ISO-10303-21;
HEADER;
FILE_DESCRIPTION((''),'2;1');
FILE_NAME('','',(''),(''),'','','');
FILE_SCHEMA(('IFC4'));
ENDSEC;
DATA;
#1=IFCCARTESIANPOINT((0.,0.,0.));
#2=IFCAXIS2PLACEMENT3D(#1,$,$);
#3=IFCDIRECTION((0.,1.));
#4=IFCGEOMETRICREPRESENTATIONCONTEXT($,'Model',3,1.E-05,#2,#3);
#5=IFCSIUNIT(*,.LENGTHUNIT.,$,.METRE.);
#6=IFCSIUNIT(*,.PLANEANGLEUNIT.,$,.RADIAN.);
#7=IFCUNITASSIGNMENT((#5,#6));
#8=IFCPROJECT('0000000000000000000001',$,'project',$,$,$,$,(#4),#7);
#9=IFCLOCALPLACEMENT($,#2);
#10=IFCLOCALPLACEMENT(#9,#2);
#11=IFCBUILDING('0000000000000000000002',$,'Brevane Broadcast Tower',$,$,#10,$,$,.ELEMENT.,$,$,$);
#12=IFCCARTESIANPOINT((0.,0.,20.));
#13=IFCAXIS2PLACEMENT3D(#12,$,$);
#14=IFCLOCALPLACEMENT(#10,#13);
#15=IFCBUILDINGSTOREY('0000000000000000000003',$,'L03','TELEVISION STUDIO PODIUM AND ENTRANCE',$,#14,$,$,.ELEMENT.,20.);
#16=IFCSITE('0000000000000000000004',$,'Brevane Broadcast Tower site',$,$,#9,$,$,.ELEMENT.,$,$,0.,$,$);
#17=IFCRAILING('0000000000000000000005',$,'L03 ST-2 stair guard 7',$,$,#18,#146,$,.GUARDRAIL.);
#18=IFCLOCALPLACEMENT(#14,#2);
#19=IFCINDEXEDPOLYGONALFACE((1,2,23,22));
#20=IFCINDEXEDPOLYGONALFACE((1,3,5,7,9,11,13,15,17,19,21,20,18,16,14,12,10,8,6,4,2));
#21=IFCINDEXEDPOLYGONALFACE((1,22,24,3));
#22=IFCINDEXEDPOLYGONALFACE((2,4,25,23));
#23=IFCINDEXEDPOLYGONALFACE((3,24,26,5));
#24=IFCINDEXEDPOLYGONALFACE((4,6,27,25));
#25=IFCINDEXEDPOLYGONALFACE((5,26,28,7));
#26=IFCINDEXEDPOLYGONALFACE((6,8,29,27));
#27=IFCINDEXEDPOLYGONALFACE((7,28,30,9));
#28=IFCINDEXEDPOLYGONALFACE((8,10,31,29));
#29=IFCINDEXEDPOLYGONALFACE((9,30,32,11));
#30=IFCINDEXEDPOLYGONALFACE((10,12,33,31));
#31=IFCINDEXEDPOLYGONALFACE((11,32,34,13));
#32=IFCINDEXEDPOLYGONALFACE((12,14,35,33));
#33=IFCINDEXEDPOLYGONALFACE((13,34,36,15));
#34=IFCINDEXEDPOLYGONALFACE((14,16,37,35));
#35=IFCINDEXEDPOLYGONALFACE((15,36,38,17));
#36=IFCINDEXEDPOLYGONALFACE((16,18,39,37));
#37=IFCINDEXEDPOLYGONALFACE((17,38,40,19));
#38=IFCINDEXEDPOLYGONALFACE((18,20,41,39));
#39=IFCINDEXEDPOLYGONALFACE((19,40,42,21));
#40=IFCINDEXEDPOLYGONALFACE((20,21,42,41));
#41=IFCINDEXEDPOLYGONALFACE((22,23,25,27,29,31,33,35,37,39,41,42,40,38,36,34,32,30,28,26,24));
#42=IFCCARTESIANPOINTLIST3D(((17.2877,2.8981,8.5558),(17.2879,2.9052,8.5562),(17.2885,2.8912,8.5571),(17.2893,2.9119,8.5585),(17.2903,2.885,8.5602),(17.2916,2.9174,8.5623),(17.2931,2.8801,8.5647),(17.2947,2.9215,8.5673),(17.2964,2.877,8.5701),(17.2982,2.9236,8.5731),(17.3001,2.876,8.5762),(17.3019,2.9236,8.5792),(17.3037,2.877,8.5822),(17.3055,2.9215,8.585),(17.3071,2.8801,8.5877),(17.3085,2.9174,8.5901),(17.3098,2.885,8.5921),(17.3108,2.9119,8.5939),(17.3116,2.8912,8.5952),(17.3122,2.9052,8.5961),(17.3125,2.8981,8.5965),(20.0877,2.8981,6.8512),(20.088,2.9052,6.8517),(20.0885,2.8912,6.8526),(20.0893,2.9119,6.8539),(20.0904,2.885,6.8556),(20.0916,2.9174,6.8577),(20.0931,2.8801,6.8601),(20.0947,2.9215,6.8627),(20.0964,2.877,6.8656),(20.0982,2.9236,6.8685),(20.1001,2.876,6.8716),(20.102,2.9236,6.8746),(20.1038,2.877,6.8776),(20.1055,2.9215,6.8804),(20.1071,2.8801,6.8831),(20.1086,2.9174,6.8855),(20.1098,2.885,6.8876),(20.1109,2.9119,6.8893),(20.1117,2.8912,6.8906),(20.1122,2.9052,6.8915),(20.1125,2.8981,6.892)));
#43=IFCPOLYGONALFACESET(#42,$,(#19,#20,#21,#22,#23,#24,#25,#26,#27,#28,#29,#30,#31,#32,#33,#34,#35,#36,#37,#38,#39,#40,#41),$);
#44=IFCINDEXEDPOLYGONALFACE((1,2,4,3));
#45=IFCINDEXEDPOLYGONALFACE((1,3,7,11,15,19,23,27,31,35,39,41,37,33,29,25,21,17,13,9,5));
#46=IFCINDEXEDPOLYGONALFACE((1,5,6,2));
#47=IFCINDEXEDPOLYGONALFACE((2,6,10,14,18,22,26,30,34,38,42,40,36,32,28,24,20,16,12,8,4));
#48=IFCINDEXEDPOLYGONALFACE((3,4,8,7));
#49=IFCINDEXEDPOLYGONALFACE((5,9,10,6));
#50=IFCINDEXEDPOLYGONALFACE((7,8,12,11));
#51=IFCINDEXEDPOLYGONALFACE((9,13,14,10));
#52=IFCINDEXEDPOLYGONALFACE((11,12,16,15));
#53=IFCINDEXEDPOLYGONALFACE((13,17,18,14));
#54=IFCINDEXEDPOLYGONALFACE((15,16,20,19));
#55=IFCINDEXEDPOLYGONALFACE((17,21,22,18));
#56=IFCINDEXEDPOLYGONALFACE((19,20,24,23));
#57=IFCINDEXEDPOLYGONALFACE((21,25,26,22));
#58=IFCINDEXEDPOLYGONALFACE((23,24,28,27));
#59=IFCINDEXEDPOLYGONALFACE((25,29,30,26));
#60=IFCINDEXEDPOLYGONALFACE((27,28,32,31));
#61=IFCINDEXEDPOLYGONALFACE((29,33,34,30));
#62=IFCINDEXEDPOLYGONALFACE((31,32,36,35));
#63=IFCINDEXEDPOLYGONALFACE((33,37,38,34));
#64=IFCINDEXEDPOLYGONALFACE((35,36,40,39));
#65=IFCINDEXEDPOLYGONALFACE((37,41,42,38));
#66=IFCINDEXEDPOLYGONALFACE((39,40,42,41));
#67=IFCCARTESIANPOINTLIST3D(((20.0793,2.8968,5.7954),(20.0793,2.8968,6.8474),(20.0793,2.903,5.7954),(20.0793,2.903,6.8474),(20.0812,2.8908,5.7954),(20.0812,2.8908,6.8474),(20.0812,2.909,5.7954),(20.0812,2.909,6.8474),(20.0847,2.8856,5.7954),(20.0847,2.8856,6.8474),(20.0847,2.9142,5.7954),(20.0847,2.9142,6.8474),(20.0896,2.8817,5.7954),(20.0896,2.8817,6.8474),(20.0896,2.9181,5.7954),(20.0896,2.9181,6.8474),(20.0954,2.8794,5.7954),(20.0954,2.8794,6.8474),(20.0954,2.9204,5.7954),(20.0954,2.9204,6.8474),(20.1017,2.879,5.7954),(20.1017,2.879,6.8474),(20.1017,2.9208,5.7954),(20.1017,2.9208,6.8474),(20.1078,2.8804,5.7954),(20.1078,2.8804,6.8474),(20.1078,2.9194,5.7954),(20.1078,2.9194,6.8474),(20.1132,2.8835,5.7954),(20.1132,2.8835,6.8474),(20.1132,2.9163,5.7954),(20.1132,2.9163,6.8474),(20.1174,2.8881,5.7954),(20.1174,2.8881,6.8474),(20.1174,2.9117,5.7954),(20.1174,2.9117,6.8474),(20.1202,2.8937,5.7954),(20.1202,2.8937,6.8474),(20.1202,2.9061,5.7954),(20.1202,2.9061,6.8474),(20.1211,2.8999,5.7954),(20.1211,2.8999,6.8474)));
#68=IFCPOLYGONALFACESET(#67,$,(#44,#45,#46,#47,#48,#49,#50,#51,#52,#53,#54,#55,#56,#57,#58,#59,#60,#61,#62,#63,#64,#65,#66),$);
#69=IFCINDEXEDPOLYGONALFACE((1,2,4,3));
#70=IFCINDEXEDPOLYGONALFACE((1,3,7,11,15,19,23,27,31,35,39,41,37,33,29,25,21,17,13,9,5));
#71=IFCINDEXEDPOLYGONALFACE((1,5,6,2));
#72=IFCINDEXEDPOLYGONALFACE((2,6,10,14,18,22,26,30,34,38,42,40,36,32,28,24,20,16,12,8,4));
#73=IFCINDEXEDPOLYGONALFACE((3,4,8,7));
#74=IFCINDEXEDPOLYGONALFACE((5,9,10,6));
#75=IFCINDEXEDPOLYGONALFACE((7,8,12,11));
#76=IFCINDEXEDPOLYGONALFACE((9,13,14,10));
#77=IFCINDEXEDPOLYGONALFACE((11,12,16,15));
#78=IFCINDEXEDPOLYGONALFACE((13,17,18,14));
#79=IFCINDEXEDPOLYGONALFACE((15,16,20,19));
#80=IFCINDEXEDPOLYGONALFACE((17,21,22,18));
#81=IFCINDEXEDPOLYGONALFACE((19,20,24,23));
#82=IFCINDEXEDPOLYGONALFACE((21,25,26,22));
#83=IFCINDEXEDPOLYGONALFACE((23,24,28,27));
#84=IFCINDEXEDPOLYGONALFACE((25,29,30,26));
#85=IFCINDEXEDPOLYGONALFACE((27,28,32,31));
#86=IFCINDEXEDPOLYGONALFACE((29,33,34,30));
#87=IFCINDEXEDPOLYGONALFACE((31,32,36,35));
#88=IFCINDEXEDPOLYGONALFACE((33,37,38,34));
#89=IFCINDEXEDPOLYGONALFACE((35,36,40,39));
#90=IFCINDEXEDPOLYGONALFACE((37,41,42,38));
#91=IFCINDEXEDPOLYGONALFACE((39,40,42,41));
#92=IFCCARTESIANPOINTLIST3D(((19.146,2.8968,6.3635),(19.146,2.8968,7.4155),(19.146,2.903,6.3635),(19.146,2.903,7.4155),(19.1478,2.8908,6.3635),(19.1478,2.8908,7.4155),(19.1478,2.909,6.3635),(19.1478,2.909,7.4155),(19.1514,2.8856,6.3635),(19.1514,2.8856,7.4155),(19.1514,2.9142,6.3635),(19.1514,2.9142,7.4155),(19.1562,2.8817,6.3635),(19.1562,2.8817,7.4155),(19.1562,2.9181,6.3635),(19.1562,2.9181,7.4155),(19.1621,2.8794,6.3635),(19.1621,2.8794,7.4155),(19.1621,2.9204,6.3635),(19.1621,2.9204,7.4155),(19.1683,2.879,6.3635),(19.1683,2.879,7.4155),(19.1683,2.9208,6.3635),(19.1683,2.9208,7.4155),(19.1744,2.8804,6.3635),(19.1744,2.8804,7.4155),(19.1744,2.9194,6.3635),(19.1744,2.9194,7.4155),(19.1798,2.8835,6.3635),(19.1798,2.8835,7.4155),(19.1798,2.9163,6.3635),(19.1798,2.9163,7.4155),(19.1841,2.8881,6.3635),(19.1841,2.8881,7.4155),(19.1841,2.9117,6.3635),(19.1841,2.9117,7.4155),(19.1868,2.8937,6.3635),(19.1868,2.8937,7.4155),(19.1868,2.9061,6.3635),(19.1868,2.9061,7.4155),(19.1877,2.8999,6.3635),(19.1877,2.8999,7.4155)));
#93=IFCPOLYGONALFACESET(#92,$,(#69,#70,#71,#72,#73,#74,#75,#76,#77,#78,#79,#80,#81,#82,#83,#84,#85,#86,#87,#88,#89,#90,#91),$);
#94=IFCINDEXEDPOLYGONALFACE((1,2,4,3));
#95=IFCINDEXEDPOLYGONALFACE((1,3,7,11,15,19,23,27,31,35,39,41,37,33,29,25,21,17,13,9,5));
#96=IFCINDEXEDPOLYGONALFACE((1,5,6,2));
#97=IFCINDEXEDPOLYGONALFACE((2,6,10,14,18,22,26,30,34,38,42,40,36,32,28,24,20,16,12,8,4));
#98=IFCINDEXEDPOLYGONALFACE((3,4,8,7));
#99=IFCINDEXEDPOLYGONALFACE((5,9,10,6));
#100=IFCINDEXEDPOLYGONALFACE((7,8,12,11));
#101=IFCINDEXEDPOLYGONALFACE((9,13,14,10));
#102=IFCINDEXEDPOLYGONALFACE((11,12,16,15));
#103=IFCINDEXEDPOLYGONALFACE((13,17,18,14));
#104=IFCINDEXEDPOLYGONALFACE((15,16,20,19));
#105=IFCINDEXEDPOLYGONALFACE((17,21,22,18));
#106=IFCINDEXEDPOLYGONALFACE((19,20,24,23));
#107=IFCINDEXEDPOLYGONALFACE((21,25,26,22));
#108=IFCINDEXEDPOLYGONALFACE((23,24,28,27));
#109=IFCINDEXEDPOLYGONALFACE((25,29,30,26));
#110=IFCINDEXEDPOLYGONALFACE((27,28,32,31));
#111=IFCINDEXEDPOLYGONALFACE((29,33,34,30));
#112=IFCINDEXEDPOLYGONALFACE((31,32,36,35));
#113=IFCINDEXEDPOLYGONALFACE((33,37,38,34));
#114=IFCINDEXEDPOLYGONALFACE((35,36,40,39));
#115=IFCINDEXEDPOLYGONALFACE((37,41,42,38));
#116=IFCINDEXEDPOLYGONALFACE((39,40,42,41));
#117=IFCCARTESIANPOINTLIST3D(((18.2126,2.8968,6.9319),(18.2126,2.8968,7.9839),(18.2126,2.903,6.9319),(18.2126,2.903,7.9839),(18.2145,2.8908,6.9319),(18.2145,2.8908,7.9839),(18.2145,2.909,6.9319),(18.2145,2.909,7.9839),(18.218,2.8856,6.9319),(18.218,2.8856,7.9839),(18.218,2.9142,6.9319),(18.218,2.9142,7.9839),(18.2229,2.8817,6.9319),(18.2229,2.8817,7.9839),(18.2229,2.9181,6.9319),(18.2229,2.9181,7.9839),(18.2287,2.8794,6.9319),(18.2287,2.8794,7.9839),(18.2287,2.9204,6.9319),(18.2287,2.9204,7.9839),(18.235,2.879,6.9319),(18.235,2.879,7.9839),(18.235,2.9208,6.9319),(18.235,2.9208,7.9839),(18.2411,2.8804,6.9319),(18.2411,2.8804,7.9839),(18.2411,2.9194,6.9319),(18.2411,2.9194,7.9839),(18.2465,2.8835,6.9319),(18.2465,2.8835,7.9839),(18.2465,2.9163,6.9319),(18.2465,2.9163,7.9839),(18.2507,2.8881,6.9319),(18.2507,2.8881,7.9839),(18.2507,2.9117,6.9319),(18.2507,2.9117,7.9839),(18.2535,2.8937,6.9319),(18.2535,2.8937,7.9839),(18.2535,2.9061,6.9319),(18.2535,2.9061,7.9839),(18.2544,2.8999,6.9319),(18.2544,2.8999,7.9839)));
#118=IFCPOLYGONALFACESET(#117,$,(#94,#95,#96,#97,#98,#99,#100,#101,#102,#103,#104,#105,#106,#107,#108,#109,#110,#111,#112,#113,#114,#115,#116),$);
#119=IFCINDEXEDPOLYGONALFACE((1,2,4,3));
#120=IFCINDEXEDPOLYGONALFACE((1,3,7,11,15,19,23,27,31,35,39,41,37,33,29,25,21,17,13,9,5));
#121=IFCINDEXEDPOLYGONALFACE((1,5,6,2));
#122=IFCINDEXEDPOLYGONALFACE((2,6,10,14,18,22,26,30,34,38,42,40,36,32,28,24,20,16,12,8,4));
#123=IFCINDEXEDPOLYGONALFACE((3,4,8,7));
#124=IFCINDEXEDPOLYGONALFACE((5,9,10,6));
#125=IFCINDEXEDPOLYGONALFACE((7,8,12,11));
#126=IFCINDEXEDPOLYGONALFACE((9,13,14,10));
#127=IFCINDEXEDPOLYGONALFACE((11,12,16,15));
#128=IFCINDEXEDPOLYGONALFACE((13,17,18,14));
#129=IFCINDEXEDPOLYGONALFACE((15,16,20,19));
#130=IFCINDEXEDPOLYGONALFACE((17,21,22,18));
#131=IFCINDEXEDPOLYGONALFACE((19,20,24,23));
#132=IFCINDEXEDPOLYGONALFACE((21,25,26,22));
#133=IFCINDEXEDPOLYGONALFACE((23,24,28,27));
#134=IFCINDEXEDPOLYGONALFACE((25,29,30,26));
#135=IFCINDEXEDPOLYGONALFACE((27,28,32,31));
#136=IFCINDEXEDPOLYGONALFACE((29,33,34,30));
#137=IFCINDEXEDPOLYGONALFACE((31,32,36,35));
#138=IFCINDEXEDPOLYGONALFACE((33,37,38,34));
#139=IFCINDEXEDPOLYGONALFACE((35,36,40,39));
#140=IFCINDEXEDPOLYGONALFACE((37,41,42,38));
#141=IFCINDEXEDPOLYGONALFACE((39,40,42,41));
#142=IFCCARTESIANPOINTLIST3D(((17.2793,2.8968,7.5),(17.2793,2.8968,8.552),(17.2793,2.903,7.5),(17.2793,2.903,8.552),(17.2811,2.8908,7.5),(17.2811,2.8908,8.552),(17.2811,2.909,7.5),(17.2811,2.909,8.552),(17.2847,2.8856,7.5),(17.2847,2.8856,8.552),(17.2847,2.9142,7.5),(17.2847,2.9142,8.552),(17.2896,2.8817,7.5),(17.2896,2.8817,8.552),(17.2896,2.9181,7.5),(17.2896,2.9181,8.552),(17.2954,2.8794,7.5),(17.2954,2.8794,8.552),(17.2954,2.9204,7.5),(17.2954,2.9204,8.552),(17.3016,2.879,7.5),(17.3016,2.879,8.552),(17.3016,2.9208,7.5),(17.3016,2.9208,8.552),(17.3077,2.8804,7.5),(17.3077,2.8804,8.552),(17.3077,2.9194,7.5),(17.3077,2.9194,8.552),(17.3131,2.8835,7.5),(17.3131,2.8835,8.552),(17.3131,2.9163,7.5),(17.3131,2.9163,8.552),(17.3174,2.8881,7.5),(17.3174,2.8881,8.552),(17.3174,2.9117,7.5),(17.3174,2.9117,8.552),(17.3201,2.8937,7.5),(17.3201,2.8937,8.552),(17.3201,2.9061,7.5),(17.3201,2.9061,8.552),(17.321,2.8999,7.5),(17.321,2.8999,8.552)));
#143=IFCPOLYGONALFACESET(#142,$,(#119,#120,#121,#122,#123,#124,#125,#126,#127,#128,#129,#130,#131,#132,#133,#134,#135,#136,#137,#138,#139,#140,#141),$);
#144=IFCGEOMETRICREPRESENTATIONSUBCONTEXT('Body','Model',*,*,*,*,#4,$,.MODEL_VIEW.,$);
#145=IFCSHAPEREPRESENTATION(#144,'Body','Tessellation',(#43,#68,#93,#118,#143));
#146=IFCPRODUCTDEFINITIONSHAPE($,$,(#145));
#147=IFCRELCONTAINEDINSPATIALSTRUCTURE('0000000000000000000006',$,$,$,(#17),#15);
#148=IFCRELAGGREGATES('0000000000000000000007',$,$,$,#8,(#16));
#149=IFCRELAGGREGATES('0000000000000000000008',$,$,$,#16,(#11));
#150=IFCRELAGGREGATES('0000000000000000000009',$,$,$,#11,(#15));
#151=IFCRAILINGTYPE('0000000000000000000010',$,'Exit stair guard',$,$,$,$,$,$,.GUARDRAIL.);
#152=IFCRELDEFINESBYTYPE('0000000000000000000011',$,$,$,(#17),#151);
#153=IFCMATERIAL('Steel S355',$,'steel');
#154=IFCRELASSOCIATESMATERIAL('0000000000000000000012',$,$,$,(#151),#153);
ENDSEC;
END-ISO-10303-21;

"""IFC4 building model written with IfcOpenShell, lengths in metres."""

from ifc_helpers import new_model, si_unit, direction, frame, origin, origin_2d, place, context, subcontext, project, spatial, circle, extrude, material, type_object, element, save


model = new_model("IFC4")

# Units and contexts
model_context = context("Model", 3, precision=1e-05, world=origin(), true_north=direction((0.0, 1.0)))
body_context = subcontext(model_context, "Body", "Model", "MODEL_VIEW")
ifc_project = project(units=[si_unit("LENGTHUNIT", "METRE"), si_unit("PLANEANGLEUNIT", "RADIAN")], contexts=[model_context])

# Site, building, storey
site_placement = place(None, origin())
site = spatial("IfcSite", under=ifc_project, at=site_placement, Name="Brevane Broadcast Tower site", CompositionType="ELEMENT", RefElevation=0.0)
building_placement = place(site_placement, origin())
building = spatial("IfcBuilding", under=site, at=building_placement, Name="Brevane Broadcast Tower", CompositionType="ELEMENT")
storey_placement = place(building_placement, frame((0.0, 0.0, 20.0)))
storey = spatial("IfcBuildingStorey", under=building, at=storey_placement, Name="L03", Description="TELEVISION STUDIO PODIUM AND ENTRANCE", CompositionType="ELEMENT", Elevation=20.0)

# Railing
ifc_material_1 = material(Name="Steel S355", Category="steel")
railing_type_1 = type_object("IfcRailingType", Name="Exit stair guard", PredefinedType="GUARDRAIL", material=ifc_material_1)
railing_placement = place(storey_placement, frame((20.1001, 2.8999, 5.7954)))
element("IfcRailing", 1, at=railing_placement, inside=storey, type_object=railing_type_1, Name="L03 ST-2 stair guard 7", PredefinedType="GUARDRAIL", context=body_context, shape_type="SweptSolid", body=[
    extrude(circle(Radius=0.0239, at=origin_2d()), frame((0.0, 0.0, 1.0762), z_axis=(-0.85417, 0.0, 0.519994), x_axis=(0.0, -1.0, 0.0)), (0.0, 0.0, 1.0), 3.2781),
    extrude(circle(Radius=0.021, at=origin_2d()), origin(), (0.0, 0.0, 1.0), 1.052),
    extrude(circle(Radius=0.021, at=origin_2d()), frame((-0.9333, 0.0, 0.5681)), (0.0, 0.0, 1.0), 1.052),
    extrude(circle(Radius=0.021, at=origin_2d()), frame((-1.8667, 0.0, 1.1365)), (0.0, 0.0, 1.0), 1.052),
    extrude(circle(Radius=0.021, at=origin_2d()), frame((-2.8, 0.0, 1.7046)), (0.0, 0.0, 1.0), 1.052),
])

save(model, "model.ifc")
